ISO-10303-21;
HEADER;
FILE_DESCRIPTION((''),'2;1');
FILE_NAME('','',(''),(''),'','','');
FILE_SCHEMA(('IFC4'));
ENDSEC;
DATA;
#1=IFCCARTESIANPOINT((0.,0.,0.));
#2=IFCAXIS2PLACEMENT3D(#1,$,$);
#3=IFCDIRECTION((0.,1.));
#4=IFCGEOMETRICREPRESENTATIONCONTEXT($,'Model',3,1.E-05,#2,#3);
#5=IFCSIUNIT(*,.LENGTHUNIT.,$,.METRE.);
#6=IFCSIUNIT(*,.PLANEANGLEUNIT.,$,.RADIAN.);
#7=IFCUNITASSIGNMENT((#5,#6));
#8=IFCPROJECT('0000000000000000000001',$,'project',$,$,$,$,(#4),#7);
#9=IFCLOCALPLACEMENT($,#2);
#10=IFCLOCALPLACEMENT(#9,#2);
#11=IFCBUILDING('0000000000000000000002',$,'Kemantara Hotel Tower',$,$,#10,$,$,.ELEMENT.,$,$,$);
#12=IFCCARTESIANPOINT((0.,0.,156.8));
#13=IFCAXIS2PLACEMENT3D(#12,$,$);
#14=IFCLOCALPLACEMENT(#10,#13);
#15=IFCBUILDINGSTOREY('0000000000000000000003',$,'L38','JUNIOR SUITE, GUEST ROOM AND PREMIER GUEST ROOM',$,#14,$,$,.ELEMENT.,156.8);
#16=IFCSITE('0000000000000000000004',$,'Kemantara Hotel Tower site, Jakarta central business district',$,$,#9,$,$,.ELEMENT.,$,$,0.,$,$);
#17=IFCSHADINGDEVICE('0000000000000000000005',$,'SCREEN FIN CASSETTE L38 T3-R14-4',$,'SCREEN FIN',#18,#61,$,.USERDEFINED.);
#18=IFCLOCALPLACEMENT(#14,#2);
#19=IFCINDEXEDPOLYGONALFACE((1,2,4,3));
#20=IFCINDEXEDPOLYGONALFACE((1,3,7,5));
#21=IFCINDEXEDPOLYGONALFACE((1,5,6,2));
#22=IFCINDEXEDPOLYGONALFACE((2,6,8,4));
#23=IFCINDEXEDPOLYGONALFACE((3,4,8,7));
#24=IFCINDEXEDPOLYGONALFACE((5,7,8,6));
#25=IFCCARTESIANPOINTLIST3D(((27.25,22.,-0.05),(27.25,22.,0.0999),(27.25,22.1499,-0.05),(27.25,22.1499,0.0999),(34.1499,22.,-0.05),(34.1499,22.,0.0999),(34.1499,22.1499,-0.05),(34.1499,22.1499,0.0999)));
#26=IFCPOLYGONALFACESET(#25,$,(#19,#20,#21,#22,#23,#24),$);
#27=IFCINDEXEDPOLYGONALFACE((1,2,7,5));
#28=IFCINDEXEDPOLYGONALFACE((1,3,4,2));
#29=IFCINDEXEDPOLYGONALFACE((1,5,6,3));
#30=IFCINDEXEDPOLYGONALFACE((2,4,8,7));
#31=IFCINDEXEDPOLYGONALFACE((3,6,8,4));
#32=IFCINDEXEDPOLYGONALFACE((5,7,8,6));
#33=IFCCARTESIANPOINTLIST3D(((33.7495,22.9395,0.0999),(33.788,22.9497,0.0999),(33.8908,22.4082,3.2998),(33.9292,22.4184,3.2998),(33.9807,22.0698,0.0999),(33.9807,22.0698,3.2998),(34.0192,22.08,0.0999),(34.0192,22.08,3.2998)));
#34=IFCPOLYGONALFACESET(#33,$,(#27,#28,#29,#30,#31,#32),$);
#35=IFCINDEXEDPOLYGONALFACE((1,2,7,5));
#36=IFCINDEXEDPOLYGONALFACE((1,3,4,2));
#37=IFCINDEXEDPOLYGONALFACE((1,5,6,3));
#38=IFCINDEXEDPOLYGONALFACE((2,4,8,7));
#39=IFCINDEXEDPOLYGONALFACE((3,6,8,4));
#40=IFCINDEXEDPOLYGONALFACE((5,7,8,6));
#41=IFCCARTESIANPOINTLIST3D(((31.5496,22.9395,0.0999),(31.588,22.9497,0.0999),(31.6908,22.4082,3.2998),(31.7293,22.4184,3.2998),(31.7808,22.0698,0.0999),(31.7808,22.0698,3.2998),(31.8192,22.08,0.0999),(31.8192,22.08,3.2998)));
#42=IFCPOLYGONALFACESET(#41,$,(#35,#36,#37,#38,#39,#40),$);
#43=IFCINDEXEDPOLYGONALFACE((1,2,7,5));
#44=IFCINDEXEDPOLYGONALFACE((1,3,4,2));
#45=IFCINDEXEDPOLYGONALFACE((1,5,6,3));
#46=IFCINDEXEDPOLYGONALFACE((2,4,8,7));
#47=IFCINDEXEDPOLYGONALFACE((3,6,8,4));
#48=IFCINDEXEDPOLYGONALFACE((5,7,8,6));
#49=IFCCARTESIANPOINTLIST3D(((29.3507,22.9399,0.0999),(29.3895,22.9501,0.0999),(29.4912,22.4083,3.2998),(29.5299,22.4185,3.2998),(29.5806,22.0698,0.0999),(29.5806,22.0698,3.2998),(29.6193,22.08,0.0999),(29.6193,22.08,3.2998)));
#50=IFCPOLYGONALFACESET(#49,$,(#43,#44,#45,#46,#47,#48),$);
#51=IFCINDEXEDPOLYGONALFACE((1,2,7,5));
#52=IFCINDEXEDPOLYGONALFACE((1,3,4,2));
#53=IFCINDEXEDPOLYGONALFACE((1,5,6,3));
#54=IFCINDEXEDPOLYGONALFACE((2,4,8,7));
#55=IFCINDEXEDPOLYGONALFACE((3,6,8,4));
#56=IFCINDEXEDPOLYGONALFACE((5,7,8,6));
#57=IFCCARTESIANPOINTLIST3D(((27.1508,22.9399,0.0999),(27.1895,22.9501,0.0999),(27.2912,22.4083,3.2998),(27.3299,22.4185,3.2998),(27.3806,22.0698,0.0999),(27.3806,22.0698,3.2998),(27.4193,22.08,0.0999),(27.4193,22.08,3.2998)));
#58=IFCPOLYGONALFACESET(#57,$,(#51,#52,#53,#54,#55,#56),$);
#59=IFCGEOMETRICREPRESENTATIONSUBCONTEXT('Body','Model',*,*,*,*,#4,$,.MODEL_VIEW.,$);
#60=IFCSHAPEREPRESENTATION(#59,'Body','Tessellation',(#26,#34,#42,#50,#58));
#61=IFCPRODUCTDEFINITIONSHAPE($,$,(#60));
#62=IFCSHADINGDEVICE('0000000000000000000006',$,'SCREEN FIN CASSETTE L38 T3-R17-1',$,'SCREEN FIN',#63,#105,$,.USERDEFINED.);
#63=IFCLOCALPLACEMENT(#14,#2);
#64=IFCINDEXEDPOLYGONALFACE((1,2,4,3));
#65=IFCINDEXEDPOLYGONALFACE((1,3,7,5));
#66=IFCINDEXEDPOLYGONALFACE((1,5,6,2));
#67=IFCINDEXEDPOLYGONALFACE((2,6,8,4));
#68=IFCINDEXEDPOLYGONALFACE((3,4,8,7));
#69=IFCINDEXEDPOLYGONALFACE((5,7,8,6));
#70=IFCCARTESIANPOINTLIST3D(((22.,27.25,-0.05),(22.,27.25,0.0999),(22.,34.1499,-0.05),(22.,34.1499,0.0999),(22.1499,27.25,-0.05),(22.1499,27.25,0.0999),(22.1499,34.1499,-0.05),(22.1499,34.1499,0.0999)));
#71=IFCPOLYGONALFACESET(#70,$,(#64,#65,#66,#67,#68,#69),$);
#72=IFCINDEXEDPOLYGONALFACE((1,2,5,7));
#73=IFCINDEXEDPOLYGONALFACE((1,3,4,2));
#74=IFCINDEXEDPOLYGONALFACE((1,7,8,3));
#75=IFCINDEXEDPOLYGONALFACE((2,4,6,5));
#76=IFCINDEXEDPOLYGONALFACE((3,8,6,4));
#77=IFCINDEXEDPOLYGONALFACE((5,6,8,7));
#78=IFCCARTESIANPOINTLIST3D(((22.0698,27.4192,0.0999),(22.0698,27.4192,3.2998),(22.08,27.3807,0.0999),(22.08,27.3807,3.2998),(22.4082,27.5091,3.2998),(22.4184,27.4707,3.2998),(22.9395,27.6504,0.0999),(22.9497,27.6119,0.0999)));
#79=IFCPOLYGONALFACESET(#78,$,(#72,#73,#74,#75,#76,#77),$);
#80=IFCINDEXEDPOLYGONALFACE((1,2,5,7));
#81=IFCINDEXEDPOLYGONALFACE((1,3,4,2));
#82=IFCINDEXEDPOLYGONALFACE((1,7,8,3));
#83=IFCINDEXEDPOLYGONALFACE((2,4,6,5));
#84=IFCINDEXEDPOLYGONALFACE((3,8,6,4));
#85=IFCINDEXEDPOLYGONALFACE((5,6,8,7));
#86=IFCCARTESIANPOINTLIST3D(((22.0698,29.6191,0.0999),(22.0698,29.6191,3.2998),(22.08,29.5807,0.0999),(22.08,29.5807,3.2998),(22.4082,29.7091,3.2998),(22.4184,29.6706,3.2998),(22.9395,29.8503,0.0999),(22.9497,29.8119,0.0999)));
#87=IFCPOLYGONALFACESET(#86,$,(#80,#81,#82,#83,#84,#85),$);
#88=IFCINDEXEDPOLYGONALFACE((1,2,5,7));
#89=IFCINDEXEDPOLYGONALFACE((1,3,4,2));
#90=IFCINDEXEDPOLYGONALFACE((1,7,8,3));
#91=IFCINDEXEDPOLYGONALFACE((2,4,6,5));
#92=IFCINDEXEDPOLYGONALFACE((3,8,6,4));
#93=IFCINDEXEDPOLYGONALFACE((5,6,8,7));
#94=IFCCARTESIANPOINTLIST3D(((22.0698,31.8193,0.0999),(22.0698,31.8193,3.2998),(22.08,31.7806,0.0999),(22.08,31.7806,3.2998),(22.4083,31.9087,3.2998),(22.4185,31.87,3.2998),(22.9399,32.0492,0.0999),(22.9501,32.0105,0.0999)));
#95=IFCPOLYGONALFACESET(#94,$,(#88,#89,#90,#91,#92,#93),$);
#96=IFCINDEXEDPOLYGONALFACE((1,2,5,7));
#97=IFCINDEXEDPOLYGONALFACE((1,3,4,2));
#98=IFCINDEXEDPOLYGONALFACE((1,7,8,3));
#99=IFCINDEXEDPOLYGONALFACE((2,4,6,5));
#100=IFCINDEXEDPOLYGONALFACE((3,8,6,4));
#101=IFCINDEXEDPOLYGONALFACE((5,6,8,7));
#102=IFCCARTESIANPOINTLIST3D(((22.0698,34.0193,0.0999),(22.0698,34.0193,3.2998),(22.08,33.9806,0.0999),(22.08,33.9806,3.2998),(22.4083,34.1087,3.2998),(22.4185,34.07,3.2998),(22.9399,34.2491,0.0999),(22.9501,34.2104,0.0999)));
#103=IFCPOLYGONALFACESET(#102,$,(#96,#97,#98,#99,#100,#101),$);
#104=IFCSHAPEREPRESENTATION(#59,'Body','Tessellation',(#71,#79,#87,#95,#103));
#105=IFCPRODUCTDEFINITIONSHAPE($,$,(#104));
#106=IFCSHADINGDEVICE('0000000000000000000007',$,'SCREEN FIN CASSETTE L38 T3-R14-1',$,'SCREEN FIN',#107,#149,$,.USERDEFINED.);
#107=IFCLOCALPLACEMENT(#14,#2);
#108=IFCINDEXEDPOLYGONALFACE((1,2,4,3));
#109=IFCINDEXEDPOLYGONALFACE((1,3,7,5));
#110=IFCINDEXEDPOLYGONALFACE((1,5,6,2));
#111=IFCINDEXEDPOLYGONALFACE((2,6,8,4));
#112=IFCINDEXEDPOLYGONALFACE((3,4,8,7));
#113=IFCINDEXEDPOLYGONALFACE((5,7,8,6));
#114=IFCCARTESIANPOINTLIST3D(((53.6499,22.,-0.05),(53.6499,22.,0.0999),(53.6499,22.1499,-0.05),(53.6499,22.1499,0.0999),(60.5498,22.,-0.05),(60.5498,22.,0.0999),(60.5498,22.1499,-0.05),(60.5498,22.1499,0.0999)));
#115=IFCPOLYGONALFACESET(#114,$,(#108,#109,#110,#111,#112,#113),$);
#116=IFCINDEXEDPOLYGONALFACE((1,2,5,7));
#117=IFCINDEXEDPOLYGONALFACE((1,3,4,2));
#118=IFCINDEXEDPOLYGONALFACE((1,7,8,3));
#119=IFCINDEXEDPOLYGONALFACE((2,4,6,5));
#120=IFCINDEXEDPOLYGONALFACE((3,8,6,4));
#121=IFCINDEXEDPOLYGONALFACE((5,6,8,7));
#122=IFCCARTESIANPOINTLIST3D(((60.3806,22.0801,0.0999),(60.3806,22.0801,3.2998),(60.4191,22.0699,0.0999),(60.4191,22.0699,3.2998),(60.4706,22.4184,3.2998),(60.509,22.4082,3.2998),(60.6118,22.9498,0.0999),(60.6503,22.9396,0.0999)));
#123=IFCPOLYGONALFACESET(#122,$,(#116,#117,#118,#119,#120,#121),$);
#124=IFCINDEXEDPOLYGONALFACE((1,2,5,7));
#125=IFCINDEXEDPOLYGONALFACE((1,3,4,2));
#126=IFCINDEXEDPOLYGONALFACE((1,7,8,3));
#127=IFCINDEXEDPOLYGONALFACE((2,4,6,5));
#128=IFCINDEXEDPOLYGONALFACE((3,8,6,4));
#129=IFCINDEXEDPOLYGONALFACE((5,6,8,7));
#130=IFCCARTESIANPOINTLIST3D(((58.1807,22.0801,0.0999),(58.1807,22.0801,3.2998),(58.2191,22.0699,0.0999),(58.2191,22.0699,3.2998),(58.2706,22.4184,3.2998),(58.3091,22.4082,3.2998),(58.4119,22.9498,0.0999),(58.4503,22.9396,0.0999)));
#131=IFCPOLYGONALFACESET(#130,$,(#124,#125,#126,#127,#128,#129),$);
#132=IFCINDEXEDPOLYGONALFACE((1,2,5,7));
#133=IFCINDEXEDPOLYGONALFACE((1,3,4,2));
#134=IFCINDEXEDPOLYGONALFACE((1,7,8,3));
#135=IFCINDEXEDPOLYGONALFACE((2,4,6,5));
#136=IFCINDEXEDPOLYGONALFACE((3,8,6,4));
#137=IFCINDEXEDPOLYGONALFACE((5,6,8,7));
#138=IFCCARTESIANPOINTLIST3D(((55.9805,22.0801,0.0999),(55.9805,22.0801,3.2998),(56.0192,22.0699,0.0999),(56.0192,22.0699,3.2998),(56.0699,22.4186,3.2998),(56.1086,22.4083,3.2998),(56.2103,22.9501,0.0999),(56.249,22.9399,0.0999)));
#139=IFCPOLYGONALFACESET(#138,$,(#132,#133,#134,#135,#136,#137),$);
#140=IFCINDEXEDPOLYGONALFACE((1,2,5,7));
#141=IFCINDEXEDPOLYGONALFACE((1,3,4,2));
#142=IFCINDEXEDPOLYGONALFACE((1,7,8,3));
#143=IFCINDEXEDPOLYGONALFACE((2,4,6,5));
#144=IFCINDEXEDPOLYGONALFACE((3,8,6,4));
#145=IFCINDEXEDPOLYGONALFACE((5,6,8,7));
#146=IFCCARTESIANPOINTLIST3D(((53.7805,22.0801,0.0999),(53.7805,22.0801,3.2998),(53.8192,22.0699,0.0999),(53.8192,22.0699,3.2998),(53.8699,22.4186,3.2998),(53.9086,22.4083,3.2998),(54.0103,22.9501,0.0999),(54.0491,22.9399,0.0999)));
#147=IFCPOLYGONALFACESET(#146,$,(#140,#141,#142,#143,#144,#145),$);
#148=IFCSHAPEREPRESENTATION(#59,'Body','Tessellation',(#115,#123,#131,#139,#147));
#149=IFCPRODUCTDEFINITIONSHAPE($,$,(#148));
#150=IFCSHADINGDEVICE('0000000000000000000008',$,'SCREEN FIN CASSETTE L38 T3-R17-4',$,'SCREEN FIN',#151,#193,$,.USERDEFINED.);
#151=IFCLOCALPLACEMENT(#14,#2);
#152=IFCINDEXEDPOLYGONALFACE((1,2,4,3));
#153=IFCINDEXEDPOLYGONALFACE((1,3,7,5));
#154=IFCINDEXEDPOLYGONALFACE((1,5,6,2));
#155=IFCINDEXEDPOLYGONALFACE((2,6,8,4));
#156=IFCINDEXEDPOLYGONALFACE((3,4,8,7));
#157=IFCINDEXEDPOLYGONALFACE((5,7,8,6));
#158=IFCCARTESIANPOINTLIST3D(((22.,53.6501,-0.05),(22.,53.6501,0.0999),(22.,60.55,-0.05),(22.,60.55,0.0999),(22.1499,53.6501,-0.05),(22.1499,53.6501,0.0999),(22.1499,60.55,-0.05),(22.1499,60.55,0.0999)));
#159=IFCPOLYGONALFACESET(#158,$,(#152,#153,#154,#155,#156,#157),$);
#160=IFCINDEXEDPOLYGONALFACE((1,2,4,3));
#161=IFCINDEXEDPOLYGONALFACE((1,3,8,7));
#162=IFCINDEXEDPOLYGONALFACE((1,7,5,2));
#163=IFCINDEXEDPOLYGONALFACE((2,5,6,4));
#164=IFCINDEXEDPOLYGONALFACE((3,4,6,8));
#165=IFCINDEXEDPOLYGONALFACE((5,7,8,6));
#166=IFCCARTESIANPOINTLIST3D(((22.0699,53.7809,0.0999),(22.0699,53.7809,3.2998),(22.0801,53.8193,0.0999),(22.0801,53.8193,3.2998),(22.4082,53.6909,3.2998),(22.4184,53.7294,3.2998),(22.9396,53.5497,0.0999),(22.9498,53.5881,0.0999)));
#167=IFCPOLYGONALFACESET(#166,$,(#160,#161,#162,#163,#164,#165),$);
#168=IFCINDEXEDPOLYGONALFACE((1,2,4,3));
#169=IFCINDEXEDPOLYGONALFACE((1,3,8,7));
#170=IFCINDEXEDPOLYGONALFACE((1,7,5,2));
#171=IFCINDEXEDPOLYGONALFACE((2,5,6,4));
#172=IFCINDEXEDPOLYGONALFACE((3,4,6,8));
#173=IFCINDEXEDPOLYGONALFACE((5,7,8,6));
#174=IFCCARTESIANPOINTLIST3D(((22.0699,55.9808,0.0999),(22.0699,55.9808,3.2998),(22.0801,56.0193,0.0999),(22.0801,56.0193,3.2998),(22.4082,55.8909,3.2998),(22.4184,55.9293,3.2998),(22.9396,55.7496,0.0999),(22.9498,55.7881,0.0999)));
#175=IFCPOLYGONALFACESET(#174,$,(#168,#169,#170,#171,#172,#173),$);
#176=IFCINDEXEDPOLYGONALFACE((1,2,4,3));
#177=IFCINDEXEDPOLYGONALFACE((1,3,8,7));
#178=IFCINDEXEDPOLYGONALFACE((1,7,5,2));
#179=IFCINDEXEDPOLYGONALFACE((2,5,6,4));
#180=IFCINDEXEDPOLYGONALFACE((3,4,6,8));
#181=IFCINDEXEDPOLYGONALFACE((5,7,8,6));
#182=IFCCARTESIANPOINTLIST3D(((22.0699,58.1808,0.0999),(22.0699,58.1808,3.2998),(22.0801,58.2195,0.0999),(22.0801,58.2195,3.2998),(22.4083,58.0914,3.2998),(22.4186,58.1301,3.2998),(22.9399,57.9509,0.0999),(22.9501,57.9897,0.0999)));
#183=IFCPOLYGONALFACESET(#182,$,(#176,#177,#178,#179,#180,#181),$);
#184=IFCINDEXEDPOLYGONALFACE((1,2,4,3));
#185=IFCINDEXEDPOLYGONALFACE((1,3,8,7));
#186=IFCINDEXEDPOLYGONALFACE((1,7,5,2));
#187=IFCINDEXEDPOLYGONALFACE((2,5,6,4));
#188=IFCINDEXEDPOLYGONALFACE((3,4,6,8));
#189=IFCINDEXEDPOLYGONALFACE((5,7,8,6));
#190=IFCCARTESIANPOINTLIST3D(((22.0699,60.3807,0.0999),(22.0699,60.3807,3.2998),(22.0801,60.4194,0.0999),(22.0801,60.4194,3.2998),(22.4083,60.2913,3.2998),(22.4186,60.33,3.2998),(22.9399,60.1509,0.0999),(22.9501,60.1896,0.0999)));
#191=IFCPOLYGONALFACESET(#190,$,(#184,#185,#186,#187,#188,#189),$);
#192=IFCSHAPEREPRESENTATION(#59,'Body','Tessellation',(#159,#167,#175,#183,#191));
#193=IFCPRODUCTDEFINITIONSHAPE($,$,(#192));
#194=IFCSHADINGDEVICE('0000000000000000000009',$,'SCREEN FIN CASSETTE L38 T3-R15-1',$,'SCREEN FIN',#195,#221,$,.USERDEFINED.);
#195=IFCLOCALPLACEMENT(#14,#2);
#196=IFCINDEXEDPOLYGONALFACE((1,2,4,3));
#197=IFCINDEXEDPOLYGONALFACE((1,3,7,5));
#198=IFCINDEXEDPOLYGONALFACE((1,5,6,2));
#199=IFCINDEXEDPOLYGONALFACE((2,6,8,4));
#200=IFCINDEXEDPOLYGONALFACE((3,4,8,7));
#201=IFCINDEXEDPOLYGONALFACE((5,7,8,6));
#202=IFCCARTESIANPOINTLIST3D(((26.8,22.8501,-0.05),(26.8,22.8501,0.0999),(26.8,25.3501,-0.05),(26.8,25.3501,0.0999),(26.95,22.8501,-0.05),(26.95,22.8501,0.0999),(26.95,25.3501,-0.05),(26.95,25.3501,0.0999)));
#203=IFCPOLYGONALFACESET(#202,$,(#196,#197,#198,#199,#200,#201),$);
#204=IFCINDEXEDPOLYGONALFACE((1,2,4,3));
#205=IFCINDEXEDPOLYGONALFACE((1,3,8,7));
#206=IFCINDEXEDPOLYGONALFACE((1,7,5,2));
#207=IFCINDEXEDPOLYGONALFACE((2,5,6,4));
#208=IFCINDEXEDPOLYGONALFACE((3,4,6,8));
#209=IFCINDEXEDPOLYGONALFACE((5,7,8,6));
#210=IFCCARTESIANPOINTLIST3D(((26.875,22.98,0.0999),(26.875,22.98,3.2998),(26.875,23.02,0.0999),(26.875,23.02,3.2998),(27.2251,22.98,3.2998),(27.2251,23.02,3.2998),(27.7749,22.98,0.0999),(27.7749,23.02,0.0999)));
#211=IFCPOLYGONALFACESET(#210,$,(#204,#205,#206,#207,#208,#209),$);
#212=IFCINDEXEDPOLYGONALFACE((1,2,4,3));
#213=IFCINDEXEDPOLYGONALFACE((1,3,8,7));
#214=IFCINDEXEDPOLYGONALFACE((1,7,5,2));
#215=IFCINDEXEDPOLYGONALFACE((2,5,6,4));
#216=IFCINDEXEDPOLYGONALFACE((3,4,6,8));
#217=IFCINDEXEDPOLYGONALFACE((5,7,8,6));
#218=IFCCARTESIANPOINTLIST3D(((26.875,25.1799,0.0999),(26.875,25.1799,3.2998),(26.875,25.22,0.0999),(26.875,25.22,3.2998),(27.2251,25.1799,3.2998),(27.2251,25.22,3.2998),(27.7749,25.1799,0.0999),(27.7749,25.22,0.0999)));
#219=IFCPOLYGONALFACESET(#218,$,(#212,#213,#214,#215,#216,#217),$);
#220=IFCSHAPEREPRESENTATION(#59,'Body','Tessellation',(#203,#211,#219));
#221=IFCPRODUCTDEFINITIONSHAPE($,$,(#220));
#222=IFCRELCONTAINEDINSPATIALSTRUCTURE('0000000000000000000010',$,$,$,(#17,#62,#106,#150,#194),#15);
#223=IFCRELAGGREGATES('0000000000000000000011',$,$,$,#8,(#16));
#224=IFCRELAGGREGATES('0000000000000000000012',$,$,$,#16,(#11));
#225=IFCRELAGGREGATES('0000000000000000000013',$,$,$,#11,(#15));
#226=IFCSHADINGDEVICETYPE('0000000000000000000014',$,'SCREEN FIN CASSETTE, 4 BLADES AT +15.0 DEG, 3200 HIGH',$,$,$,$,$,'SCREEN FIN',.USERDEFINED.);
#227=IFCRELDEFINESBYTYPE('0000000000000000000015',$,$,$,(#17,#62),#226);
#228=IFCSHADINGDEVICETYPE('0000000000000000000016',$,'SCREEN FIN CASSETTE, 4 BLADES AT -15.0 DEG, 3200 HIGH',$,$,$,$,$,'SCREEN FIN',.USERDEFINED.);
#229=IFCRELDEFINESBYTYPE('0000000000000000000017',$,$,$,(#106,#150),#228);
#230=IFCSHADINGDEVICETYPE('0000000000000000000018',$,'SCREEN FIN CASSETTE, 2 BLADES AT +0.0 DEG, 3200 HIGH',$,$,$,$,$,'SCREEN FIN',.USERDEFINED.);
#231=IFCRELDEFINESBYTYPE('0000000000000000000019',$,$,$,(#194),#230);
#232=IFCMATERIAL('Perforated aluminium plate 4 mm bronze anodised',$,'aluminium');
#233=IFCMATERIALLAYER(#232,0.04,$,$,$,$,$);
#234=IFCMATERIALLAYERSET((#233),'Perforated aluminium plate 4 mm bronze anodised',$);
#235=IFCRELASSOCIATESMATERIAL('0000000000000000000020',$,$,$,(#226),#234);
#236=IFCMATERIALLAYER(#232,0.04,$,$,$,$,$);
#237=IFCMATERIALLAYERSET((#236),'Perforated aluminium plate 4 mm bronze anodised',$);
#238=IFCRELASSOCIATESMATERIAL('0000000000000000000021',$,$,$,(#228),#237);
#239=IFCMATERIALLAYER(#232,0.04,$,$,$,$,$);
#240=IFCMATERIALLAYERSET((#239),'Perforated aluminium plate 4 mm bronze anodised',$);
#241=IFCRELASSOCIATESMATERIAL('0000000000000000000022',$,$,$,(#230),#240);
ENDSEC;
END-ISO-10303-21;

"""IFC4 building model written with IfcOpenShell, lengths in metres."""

from ifc_helpers import new_model, si_unit, direction, frame, origin, origin_2d, place, context, subcontext, project, spatial, polyline, rectangle, outline, extrude, source, transform, mapped, material, layer, layer_set, type_object, element, save


model = new_model("IFC4")

# Units and contexts
model_context = context("Model", 3, precision=1e-05, world=origin(), true_north=direction((0.0, 1.0)))
body_context = subcontext(model_context, "Body", "Model", "MODEL_VIEW")
ifc_project = project(units=[si_unit("LENGTHUNIT", "METRE"), si_unit("PLANEANGLEUNIT", "RADIAN")], contexts=[model_context])

# Site, building, storey
site_placement = place(None, origin())
site = spatial("IfcSite", under=ifc_project, at=site_placement, Name="Kemantara Hotel Tower site, Jakarta central business district", CompositionType="ELEMENT", RefElevation=0.0)
building_placement = place(site_placement, origin())
building = spatial("IfcBuilding", under=site, at=building_placement, Name="Kemantara Hotel Tower", CompositionType="ELEMENT")
storey_placement = place(building_placement, frame((0.0, 0.0, 156.8)))
storey = spatial("IfcBuildingStorey", under=building, at=storey_placement, Name="L38", Description="JUNIOR SUITE, GUEST ROOM AND PREMIER GUEST ROOM", CompositionType="ELEMENT", Elevation=156.8)

# Shading devices
ifc_material_1 = material(Name="Perforated aluminium plate 4 mm bronze anodised", Category="aluminium")
ifc_layer_1 = layer(ifc_material_1, 0.04)
ifc_layer_set_1 = layer_set([ifc_layer_1], Name="Perforated aluminium plate 4 mm bronze anodised")
shading_device_type_1 = type_object("IfcShadingDeviceType", Name="SCREEN FIN CASSETTE, 4 BLADES AT +15.0 DEG, 3200 HIGH", ElementType="SCREEN FIN", PredefinedType="USERDEFINED", material=ifc_layer_set_1)
shared_shape_1 = source(origin(), body_context, "Body", "SweptSolid", [
    extrude(rectangle(XDim=6.8999, YDim=0.1499, at=origin_2d()), frame((3.3, -0.075, -0.1499), z_axis=(0.0, 0.0, 1.0), x_axis=(1.0, 0.0, 0.0)), (0.0, 0.0, 1.0), 0.1499),
    extrude(outline(polyline([(0.0, 0.0), (0.8999, 0.0), (0.3501, 3.2), (0.0, 3.2), (0.0, 0.0)])), frame((0.0193, -0.0698, 0.0), z_axis=(-0.966438, -0.256901, 0.0), x_axis=(0.256901, -0.966438, 0.0)), (0.0, 0.0, 1.0), 0.0398),
    extrude(outline(polyline([(0.0, 0.0), (0.8999, 0.0), (0.3501, 3.2), (0.0, 3.2), (0.0, 0.0)])), frame((2.2192, -0.0698, 0.0), z_axis=(-0.966438, -0.256901, 0.0), x_axis=(0.256901, -0.966438, 0.0)), (0.0, 0.0, 1.0), 0.0398),
    extrude(outline(polyline([(0.0, 0.0), (0.8999, 0.0), (0.3501, 3.2), (0.0, 3.2), (0.0, 0.0)])), frame((4.4194, -0.0698, 0.0), z_axis=(-0.966838, -0.255391, 0.0), x_axis=(0.255391, -0.966838, 0.0)), (0.0, 0.0, 1.0), 0.04),
    extrude(outline(polyline([(0.0, 0.0), (0.8999, 0.0), (0.3501, 3.2), (0.0, 3.2), (0.0, 0.0)])), frame((6.6194, -0.0698, 0.0), z_axis=(-0.966838, -0.255391, 0.0), x_axis=(0.255391, -0.966838, 0.0)), (0.0, 0.0, 1.0), 0.04),
])
for number, where, z_axis, x_axis, name in (
    (1, (34.0, 22.0, 0.0999), (0.0, 0.0, 1.0), (-1.0, 0.0, 0.0), "SCREEN FIN CASSETTE L38 T3-R14-4"),
    (2, (22.0, 27.3999, 0.0999), (0.0, 0.0, 1.0), (0.0, 1.0, 0.0), "SCREEN FIN CASSETTE L38 T3-R17-1"),
):
    element("IfcShadingDevice", number, at=place(storey_placement, frame(where, z_axis=z_axis, x_axis=x_axis)), inside=storey, type_object=shading_device_type_1, Name=name, ObjectType="SCREEN FIN", PredefinedType="USERDEFINED", context=body_context, shape_type="MappedRepresentation", body=[
        mapped(shared_shape_1, transform((0.0, 0.0, 0.0))),
    ])
ifc_layer_2 = layer(ifc_material_1, 0.04)
ifc_layer_set_2 = layer_set([ifc_layer_2], Name="Perforated aluminium plate 4 mm bronze anodised")
shading_device_type_2 = type_object("IfcShadingDeviceType", Name="SCREEN FIN CASSETTE, 4 BLADES AT -15.0 DEG, 3200 HIGH", ElementType="SCREEN FIN", PredefinedType="USERDEFINED", material=ifc_layer_set_2)
shared_shape_2 = source(origin(), body_context, "Body", "SweptSolid", [
    extrude(rectangle(XDim=6.8999, YDim=0.1499, at=origin_2d()), frame((3.3, -0.075, -0.1499), z_axis=(0.0, 0.0, 1.0), x_axis=(1.0, 0.0, 0.0)), (0.0, 0.0, 1.0), 0.1499),
    extrude(outline(polyline([(0.0, 0.0), (0.8999, 0.0), (0.3501, 3.2), (0.0, 3.2), (0.0, 0.0)])), frame((0.0193, -0.0801, 0.0), z_axis=(-0.966438, 0.256901, 0.0), x_axis=(-0.256901, -0.966438, 0.0)), (0.0, 0.0, 1.0), 0.0398),
    extrude(outline(polyline([(0.0, 0.0), (0.8999, 0.0), (0.3501, 3.2), (0.0, 3.2), (0.0, 0.0)])), frame((2.2192, -0.0801, 0.0), z_axis=(-0.966438, 0.256901, 0.0), x_axis=(-0.256901, -0.966438, 0.0)), (0.0, 0.0, 1.0), 0.0398),
    extrude(outline(polyline([(0.0, 0.0), (0.8999, 0.0), (0.3501, 3.2), (0.0, 3.2), (0.0, 0.0)])), frame((4.4194, -0.0801, 0.0), z_axis=(-0.966838, 0.255391, 0.0), x_axis=(-0.255391, -0.966838, 0.0)), (0.0, 0.0, 1.0), 0.04),
    extrude(outline(polyline([(0.0, 0.0), (0.8999, 0.0), (0.3501, 3.2), (0.0, 3.2), (0.0, 0.0)])), frame((6.6194, -0.0801, 0.0), z_axis=(-0.966838, 0.255391, 0.0), x_axis=(-0.255391, -0.966838, 0.0)), (0.0, 0.0, 1.0), 0.04),
])
for number, where, z_axis, x_axis, name in (
    (3, (60.3999, 22.0, 0.0999), (0.0, 0.0, 1.0), (-1.0, 0.0, 0.0), "SCREEN FIN CASSETTE L38 T3-R14-1"),
    (4, (22.0, 53.8, 0.0999), (0.0, 0.0, 1.0), (0.0, 1.0, 0.0), "SCREEN FIN CASSETTE L38 T3-R17-4"),
):
    element("IfcShadingDevice", number, at=place(storey_placement, frame(where, z_axis=z_axis, x_axis=x_axis)), inside=storey, type_object=shading_device_type_2, Name=name, ObjectType="SCREEN FIN", PredefinedType="USERDEFINED", context=body_context, shape_type="MappedRepresentation", body=[
        mapped(shared_shape_2, transform((0.0, 0.0, 0.0))),
    ])
ifc_layer_3 = layer(ifc_material_1, 0.04)
ifc_layer_set_3 = layer_set([ifc_layer_3], Name="Perforated aluminium plate 4 mm bronze anodised")
shading_device_type_3 = type_object("IfcShadingDeviceType", Name="SCREEN FIN CASSETTE, 2 BLADES AT +0.0 DEG, 3200 HIGH", ElementType="SCREEN FIN", PredefinedType="USERDEFINED", material=ifc_layer_set_3)
shared_shape_3 = source(origin(), body_context, "Body", "SweptSolid", [
    extrude(rectangle(XDim=2.5, YDim=0.1499, at=origin_2d()), frame((1.1001, -0.075, -0.1499), z_axis=(0.0, 0.0, 1.0), x_axis=(1.0, 0.0, 0.0)), (0.0, 0.0, 1.0), 0.1499),
    extrude(outline(polyline([(0.0, 0.0), (0.8999, 0.0), (0.3501, 3.2), (0.0, 3.2), (0.0, 0.0)])), frame((0.02, -0.075, 0.0), z_axis=(-1.0, 0.0, 0.0), x_axis=(0.0, -1.0, 0.0)), (0.0, 0.0, 1.0), 0.04),
    extrude(outline(polyline([(0.0, 0.0), (0.8999, 0.0), (0.3501, 3.2), (0.0, 3.2), (0.0, 0.0)])), frame((2.22, -0.075, 0.0), z_axis=(-1.0, 0.0, 0.0), x_axis=(0.0, -1.0, 0.0)), (0.0, 0.0, 1.0), 0.04),
])
for number, where, z_axis, x_axis, name in (
    (5, (26.8, 23.0, 0.0999), (0.0, 0.0, 1.0), (0.0, 1.0, 0.0), "SCREEN FIN CASSETTE L38 T3-R15-1"),
):
    element("IfcShadingDevice", number, at=place(storey_placement, frame(where, z_axis=z_axis, x_axis=x_axis)), inside=storey, type_object=shading_device_type_3, Name=name, ObjectType="SCREEN FIN", PredefinedType="USERDEFINED", context=body_context, shape_type="MappedRepresentation", body=[
        mapped(shared_shape_3, transform((0.0, 0.0, 0.0))),
    ])

save(model, "model.ifc")
